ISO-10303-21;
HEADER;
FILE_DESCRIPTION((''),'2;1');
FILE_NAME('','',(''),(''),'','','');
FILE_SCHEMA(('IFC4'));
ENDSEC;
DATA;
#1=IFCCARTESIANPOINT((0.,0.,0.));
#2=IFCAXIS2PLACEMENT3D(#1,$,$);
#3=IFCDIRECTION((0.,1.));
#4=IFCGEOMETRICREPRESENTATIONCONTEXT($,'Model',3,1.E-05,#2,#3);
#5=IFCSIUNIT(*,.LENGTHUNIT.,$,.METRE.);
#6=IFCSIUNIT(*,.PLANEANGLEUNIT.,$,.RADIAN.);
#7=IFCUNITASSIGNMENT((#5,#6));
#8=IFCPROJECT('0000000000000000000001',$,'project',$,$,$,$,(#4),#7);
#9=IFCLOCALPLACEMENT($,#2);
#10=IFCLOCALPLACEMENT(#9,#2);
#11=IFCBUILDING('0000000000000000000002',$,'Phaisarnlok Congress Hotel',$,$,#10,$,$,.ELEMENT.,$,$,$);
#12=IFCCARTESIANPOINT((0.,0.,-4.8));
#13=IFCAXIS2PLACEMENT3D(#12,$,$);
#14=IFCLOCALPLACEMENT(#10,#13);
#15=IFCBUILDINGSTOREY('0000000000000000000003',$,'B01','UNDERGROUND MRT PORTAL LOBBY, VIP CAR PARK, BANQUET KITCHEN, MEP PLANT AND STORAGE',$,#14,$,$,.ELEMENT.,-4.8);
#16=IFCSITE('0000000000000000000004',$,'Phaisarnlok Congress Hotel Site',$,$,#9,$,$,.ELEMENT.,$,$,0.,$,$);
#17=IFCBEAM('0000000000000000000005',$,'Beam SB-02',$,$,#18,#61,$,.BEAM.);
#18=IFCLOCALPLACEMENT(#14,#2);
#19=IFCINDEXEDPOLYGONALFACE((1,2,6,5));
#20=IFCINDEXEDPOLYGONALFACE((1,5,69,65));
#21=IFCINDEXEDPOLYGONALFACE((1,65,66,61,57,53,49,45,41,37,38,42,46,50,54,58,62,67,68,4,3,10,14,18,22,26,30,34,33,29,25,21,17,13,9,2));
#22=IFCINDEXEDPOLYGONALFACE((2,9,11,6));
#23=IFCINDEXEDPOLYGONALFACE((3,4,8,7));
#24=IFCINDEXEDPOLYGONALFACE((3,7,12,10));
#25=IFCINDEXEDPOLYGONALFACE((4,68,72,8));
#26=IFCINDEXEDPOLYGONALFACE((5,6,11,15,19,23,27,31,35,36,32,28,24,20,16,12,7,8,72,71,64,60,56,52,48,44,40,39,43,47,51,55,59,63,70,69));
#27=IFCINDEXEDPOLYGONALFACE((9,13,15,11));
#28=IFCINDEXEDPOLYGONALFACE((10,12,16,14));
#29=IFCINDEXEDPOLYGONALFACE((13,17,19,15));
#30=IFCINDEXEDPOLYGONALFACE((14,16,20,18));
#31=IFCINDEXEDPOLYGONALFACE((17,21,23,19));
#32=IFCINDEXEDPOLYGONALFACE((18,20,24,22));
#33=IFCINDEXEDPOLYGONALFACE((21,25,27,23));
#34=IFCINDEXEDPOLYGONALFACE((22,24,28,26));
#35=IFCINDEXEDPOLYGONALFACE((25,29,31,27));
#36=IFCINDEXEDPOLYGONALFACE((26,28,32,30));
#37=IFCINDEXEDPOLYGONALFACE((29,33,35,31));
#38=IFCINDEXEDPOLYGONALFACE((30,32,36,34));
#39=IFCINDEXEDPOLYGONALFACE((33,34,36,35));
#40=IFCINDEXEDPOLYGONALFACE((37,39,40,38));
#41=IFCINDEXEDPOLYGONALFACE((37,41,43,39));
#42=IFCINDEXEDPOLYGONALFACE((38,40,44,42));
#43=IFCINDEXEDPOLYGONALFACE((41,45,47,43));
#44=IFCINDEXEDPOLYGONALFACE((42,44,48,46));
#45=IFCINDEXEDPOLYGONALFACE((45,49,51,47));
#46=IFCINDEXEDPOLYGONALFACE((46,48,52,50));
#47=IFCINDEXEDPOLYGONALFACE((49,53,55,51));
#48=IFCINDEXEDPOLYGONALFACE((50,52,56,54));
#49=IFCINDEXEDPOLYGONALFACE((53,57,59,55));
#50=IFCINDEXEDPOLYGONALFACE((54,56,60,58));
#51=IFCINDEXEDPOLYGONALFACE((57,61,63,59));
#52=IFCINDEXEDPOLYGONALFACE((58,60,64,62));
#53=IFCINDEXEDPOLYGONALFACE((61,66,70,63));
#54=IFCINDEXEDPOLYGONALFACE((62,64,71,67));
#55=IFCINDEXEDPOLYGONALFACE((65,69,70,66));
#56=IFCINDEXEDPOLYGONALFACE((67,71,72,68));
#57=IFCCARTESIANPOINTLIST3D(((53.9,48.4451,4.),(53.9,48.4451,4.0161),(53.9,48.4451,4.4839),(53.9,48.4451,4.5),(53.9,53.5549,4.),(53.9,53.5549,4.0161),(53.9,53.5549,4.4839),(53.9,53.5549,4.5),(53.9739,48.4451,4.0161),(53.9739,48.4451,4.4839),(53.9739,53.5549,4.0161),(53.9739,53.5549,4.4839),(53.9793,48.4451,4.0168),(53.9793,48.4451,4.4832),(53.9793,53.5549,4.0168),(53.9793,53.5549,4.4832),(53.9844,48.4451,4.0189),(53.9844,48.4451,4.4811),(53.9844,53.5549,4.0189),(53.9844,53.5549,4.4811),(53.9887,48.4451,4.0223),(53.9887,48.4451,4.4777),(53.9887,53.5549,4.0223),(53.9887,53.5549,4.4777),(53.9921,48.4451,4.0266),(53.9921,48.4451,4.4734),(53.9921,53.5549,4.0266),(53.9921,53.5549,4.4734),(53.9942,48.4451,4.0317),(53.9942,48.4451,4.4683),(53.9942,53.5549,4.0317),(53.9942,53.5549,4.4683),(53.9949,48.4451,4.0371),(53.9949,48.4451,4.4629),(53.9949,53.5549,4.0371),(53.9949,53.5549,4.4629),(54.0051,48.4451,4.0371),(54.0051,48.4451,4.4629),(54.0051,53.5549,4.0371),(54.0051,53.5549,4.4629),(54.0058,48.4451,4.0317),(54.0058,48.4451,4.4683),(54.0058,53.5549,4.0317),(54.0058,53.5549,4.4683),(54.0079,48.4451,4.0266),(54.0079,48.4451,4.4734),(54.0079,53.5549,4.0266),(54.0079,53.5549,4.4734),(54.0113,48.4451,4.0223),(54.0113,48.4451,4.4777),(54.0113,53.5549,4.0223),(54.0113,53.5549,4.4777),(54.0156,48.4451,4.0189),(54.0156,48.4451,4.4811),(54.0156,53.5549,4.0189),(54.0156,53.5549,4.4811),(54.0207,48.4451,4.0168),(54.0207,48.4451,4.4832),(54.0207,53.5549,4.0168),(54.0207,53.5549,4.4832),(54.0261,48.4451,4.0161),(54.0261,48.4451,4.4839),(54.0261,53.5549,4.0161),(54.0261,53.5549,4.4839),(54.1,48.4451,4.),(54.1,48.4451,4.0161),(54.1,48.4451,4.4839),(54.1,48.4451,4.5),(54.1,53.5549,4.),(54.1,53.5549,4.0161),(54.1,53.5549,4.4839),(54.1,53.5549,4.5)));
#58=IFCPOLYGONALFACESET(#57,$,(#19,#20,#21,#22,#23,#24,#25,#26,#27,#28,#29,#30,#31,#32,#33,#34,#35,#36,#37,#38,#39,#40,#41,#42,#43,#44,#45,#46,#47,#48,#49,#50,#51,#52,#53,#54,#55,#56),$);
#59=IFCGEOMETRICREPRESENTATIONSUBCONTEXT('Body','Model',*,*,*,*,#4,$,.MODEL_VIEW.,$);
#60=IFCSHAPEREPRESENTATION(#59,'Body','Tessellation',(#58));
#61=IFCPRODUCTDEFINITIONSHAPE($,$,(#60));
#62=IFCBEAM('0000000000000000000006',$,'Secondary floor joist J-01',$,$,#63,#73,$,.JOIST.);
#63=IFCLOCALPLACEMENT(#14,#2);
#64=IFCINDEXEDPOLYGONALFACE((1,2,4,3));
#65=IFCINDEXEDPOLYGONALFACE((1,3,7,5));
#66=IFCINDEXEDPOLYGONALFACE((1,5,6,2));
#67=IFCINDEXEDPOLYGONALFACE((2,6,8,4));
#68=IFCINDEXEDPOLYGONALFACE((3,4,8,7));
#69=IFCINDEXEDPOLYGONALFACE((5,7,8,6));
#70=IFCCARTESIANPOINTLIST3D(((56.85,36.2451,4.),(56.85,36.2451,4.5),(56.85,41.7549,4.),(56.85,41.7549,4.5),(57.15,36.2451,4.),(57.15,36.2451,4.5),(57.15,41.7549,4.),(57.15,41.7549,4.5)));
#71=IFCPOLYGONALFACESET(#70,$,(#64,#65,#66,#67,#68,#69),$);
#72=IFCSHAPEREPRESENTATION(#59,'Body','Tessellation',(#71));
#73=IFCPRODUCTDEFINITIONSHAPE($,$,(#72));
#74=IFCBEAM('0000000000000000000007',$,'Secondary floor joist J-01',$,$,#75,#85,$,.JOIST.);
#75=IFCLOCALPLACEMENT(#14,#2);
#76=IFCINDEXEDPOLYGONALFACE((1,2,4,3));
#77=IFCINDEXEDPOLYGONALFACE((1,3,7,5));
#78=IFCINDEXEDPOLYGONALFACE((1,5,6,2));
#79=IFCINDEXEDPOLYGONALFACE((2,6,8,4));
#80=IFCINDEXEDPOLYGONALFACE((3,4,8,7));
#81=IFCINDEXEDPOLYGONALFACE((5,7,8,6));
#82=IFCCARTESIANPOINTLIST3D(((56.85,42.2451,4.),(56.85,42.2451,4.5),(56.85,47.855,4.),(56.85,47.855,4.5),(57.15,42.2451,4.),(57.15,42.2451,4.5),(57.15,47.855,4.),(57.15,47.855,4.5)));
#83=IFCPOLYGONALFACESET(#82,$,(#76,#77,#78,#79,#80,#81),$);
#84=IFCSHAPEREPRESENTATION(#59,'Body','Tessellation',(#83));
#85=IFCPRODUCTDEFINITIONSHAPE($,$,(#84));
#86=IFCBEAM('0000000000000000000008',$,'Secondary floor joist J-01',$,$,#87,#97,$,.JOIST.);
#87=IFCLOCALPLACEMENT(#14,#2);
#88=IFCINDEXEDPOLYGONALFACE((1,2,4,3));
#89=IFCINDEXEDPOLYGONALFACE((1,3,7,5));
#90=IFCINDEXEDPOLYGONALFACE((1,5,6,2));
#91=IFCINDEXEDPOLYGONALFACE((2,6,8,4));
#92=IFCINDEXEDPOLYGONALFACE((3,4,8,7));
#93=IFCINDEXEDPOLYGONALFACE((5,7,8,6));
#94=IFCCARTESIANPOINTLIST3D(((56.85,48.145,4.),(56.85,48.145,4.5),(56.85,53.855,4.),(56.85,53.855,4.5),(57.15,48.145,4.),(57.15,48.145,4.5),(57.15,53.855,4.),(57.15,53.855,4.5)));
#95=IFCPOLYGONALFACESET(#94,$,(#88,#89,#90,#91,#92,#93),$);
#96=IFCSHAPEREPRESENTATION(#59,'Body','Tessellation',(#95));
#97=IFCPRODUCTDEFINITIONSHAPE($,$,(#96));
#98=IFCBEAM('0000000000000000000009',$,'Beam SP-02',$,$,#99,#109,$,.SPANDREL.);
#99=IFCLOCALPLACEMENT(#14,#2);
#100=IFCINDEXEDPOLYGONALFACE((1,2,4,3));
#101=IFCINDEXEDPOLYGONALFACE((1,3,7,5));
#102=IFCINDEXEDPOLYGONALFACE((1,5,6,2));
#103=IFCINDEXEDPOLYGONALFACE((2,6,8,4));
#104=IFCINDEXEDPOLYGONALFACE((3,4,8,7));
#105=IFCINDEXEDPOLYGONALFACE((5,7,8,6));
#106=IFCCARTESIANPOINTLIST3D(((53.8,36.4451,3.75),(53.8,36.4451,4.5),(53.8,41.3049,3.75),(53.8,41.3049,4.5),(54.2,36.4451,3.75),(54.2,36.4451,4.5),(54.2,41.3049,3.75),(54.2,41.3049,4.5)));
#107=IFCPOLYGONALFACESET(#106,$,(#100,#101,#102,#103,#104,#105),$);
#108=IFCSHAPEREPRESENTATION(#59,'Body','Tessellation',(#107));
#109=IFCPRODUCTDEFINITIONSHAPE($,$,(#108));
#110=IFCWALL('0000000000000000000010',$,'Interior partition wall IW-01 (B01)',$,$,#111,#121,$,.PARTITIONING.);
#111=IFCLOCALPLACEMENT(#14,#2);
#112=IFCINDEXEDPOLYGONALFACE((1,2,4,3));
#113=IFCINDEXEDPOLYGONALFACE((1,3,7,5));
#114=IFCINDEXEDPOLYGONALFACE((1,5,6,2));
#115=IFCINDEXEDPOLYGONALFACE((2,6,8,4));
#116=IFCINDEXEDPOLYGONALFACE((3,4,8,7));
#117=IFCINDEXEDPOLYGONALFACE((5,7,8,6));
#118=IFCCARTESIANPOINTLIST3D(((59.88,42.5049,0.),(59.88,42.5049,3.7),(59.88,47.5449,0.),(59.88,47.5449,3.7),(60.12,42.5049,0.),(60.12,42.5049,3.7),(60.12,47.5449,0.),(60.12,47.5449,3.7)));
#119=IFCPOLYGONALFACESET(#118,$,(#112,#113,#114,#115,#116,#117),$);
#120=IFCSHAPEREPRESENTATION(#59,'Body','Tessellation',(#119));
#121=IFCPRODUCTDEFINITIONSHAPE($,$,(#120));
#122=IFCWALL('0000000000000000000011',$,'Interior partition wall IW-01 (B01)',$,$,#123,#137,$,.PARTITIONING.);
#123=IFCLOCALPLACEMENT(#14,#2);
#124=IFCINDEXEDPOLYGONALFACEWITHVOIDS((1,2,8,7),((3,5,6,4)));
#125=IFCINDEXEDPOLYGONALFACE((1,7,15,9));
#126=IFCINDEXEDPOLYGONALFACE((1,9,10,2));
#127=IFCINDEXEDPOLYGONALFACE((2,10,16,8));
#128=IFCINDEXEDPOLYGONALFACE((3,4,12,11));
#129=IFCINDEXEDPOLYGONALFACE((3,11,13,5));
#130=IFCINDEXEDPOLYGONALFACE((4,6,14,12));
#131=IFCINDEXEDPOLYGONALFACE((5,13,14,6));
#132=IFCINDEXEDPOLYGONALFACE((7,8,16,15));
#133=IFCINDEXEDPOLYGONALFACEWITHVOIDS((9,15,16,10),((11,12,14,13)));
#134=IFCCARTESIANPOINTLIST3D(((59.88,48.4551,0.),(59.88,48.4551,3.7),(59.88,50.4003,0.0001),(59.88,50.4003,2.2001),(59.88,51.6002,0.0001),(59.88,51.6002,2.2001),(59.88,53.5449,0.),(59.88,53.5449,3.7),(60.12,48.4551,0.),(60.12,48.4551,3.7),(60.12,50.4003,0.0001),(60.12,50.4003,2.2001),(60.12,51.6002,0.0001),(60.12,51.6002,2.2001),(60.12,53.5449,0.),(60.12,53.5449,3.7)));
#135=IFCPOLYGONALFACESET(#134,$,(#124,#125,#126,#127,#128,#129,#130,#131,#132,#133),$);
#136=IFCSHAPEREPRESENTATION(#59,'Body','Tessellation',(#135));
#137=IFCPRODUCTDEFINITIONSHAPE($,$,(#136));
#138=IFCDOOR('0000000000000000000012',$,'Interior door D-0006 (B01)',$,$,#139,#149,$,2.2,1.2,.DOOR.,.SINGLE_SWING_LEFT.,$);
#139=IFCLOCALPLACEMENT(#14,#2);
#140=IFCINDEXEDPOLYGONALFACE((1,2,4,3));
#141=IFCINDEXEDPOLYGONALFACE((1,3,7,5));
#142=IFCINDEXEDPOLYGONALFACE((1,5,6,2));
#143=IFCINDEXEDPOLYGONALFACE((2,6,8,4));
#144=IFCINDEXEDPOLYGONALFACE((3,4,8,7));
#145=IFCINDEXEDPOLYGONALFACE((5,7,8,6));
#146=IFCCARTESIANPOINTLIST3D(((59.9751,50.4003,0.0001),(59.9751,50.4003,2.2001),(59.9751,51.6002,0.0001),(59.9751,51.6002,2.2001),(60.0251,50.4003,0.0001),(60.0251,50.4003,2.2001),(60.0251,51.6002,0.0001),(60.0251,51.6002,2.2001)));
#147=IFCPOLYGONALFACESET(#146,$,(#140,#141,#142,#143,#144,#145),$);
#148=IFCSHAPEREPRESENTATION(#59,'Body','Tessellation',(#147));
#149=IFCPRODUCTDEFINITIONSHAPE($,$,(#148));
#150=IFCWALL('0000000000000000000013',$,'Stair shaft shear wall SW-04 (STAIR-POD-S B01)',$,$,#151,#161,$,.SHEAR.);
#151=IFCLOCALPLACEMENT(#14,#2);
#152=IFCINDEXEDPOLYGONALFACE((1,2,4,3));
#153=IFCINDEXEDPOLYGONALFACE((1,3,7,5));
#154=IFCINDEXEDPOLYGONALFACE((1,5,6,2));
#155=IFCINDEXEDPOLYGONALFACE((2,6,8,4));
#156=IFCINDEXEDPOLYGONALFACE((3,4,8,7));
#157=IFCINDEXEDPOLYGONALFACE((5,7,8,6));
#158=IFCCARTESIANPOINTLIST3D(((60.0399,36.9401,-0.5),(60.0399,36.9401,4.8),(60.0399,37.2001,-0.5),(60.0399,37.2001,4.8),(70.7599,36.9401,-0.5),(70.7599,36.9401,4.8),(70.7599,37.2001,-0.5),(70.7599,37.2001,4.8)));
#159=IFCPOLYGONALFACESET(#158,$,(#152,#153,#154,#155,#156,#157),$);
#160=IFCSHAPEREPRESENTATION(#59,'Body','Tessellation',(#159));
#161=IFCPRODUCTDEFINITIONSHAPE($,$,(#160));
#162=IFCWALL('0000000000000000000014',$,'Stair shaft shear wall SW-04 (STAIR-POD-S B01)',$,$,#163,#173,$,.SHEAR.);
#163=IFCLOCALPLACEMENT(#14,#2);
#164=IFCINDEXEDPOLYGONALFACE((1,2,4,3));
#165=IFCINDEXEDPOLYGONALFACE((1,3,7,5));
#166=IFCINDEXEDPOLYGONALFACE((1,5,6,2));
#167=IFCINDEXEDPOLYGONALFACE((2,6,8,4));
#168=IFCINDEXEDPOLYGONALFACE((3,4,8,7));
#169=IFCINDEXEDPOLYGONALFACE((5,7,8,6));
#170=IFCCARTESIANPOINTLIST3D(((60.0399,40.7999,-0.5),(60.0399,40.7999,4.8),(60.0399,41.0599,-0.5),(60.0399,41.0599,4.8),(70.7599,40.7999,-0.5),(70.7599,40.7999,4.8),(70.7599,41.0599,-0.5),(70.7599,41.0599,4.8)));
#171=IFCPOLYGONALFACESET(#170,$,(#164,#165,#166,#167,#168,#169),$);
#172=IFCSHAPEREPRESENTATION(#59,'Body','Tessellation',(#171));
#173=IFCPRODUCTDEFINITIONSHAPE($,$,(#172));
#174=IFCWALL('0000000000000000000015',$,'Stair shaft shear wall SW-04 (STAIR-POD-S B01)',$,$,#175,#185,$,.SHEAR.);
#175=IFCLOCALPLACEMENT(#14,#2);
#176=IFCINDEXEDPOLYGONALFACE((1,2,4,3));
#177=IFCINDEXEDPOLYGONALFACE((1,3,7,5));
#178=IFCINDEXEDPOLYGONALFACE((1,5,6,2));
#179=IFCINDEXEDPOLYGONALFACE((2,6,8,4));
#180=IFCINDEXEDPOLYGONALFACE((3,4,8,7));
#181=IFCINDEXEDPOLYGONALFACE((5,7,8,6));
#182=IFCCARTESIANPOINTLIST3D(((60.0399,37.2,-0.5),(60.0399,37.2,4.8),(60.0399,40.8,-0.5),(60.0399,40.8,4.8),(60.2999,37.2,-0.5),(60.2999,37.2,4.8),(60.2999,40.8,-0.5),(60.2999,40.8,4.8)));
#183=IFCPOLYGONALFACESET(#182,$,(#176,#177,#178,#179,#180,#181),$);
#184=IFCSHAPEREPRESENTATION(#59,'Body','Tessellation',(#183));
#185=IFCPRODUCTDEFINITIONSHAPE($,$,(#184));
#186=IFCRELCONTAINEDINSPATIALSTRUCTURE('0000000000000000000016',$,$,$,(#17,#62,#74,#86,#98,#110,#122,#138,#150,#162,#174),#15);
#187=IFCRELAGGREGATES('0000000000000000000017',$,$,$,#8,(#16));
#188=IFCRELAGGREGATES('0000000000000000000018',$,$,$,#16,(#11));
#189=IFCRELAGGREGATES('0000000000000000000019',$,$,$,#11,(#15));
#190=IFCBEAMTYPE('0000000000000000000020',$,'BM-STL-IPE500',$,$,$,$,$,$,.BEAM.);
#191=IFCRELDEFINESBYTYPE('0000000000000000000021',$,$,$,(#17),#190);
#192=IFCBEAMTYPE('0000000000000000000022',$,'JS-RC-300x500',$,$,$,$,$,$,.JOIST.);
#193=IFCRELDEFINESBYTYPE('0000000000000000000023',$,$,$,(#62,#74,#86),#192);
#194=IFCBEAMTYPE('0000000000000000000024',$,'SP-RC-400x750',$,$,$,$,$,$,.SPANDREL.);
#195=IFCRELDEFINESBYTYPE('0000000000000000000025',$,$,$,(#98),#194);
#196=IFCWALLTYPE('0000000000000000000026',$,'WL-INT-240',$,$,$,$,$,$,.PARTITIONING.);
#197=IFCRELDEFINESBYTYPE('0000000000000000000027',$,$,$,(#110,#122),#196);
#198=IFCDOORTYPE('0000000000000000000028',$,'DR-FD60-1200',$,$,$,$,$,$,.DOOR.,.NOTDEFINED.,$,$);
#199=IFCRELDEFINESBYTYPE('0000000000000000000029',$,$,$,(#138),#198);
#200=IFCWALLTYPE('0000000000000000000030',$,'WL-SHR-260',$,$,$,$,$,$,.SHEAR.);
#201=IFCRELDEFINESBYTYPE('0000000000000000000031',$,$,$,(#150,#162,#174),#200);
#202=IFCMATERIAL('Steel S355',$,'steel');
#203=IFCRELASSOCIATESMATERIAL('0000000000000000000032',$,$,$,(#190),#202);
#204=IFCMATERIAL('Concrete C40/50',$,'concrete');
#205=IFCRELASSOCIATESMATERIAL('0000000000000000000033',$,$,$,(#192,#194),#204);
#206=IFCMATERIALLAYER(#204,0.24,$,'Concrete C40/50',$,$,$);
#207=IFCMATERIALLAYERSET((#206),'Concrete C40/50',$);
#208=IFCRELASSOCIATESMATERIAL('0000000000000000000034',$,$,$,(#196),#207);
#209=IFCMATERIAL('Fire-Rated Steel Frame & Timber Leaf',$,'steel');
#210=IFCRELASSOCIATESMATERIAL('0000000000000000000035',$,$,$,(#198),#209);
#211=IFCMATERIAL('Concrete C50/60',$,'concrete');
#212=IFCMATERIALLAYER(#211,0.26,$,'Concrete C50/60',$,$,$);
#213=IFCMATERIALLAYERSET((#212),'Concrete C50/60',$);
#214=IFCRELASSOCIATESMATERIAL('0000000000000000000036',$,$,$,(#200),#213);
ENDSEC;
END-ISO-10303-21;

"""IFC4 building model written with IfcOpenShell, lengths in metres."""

from ifc_helpers import new_model, si_unit, direction, frame, frame_2d, origin, origin_2d, place, context, subcontext, project, spatial, rectangle, i_section, extrude, material, layer, layer_set, material_profile, profile_set, type_object, element, fill, save


model = new_model("IFC4")

# Units and contexts
model_context = context("Model", 3, precision=1e-05, world=origin(), true_north=direction((0.0, 1.0)))
body_context = subcontext(model_context, "Body", "Model", "MODEL_VIEW")
ifc_project = project(units=[si_unit("LENGTHUNIT", "METRE"), si_unit("PLANEANGLEUNIT", "RADIAN")], contexts=[model_context])

# Site, building, storey
site_placement = place(None, origin())
site = spatial("IfcSite", under=ifc_project, at=site_placement, Name="Phaisarnlok Congress Hotel Site", CompositionType="ELEMENT", RefElevation=0.0)
building_placement = place(site_placement, origin())
building = spatial("IfcBuilding", under=site, at=building_placement, Name="Phaisarnlok Congress Hotel", CompositionType="ELEMENT")
storey_placement = place(building_placement, frame((0.0, 0.0, -4.8)))
storey = spatial("IfcBuildingStorey", under=building, at=storey_placement, Name="B01", Description="UNDERGROUND MRT PORTAL LOBBY, VIP CAR PARK, BANQUET KITCHEN, MEP PLANT AND STORAGE", CompositionType="ELEMENT", Elevation=-4.8)

# Shared definitions
ifc_material_1 = material(Name="Concrete C40/50", Category="concrete")

# Shared definitions
ifc_material_2 = material(Name="Concrete C50/60", Category="concrete")

# Beams
ifc_material_3 = material(Name="Steel S355", Category="steel")
ifc_material_profile_1 = material_profile(ifc_material_3, i_section(OverallWidth=0.2, OverallDepth=0.5, WebThickness=0.0103, FlangeThickness=0.0161, FilletRadius=0.021, at=origin_2d()), Name="IPE 500")
ifc_profile_set_1 = profile_set([ifc_material_profile_1], Name="Steel S355")
beam_type_1 = type_object("IfcBeamType", Name="BM-STL-IPE500", PredefinedType="BEAM", material=ifc_profile_set_1)
beam_1_placement = place(storey_placement, frame((54.0, 48.4451, 4.25), z_axis=(0.0, 1.0, 0.0), x_axis=(-1.0, 0.0, 0.0)))
element("IfcBeam", 1, at=beam_1_placement, inside=storey, type_object=beam_type_1, Name="Beam SB-02", PredefinedType="BEAM", context=body_context, shape_type="SweptSolid", body=[
    extrude(i_section(OverallWidth=0.2, OverallDepth=0.5, WebThickness=0.0103, FlangeThickness=0.0161, FilletRadius=0.021, at=origin_2d()), origin(), (0.0, 0.0, 1.0), 5.1099),
])
ifc_material_profile_2 = material_profile(ifc_material_1, rectangle(XDim=0.3, YDim=0.5, at=origin_2d()), Name="RC 300x500")
ifc_profile_set_2 = profile_set([ifc_material_profile_2], Name="Concrete C40/50")
beam_type_2 = type_object("IfcBeamType", Name="JS-RC-300x500", PredefinedType="JOIST", material=ifc_profile_set_2)
beam_2_placement = place(storey_placement, frame((57.0, 36.2451, 4.25), z_axis=(0.0, 1.0, 0.0), x_axis=(-1.0, 0.0, 0.0)))
element("IfcBeam", 2, at=beam_2_placement, inside=storey, type_object=beam_type_2, Name="Secondary floor joist J-01", PredefinedType="JOIST", context=body_context, shape_type="SweptSolid", body=[
    extrude(rectangle(XDim=0.3, YDim=0.5, at=origin_2d()), origin(), (0.0, 0.0, 1.0), 5.5098),
])
beam_3_placement = place(storey_placement, frame((57.0, 42.2451, 4.25), z_axis=(0.0, 1.0, 0.0), x_axis=(-1.0, 0.0, 0.0)))
element("IfcBeam", 3, at=beam_3_placement, inside=storey, type_object=beam_type_2, Name="Secondary floor joist J-01", PredefinedType="JOIST", context=body_context, shape_type="SweptSolid", body=[
    extrude(rectangle(XDim=0.3, YDim=0.5, at=origin_2d()), origin(), (0.0, 0.0, 1.0), 5.6099),
])
beam_4_placement = place(storey_placement, frame((57.0, 48.145, 4.25), z_axis=(0.0, 1.0, 0.0), x_axis=(-1.0, 0.0, 0.0)))
element("IfcBeam", 4, at=beam_4_placement, inside=storey, type_object=beam_type_2, Name="Secondary floor joist J-01", PredefinedType="JOIST", context=body_context, shape_type="SweptSolid", body=[
    extrude(rectangle(XDim=0.3, YDim=0.5, at=origin_2d()), origin(), (0.0, 0.0, 1.0), 5.71),
])
ifc_material_profile_3 = material_profile(ifc_material_1, rectangle(XDim=0.3999, YDim=0.75, at=origin_2d()), Name="RC 400x750")
ifc_profile_set_3 = profile_set([ifc_material_profile_3], Name="Concrete C40/50")
beam_type_3 = type_object("IfcBeamType", Name="SP-RC-400x750", PredefinedType="SPANDREL", material=ifc_profile_set_3)
beam_5_placement = place(storey_placement, frame((54.0, 36.4451, 4.125), z_axis=(0.0, 1.0, 0.0), x_axis=(-1.0, 0.0, 0.0)))
element("IfcBeam", 5, at=beam_5_placement, inside=storey, type_object=beam_type_3, Name="Beam SP-02", PredefinedType="SPANDREL", context=body_context, shape_type="SweptSolid", body=[
    extrude(rectangle(XDim=0.3999, YDim=0.75, at=origin_2d()), origin(), (0.0, 0.0, 1.0), 4.8599),
])

# Wall
ifc_layer_1 = layer(ifc_material_1, 0.24, Name="Concrete C40/50")
ifc_layer_set_1 = layer_set([ifc_layer_1], Name="Concrete C40/50")
wall_type_1 = type_object("IfcWallType", Name="WL-INT-240", PredefinedType="PARTITIONING", material=ifc_layer_set_1)
wall_1_placement = place(storey_placement, frame((60.0, 42.5049, 0.0), z_axis=(0.0, 0.0, 1.0), x_axis=(0.0, 1.0, 0.0)))
element("IfcWall", 6, at=wall_1_placement, inside=storey, type_object=wall_type_1, Name="Interior partition wall IW-01 (B01)", PredefinedType="PARTITIONING", context=body_context, shape_type="SweptSolid", body=[
    extrude(rectangle(XDim=5.04, YDim=0.24, at=frame_2d((2.52, 0.0))), origin(), (0.0, 0.0, 1.0), 3.7),
])

# Wall, opening, door
wall_2_placement = place(storey_placement, frame((60.0, 48.4551, 0.0), z_axis=(0.0, 0.0, 1.0), x_axis=(0.0, 1.0, 0.0)))
wall_2 = element("IfcWall", 7, at=wall_2_placement, inside=storey, type_object=wall_type_1, Name="Interior partition wall IW-01 (B01)", PredefinedType="PARTITIONING", context=body_context, shape_type="SweptSolid", body=[
    extrude(rectangle(XDim=5.0898, YDim=0.24, at=frame_2d((2.5449, 0.0))), origin(), (0.0, 0.0, 1.0), 3.7),
])
opening_placement = place(wall_2_placement, frame((1.9451, 0.0, 0.0)))
opening = element("IfcOpeningElement", 8, at=opening_placement, cuts=wall_2, PredefinedType="OPENING", context=body_context, shape_type="SweptSolid", body=[
    extrude(rectangle(XDim=1.2, YDim=2.2, at=frame_2d((0.6001, 1.1001))), frame((0.0, 0.1299, 0.0), z_axis=(0.0, -1.0, 0.0), x_axis=(1.0, 0.0, 0.0)), (0.0, 0.0, 1.0), 0.26),
])
ifc_material_4 = material(Name="Fire-Rated Steel Frame & Timber Leaf", Category="steel")
door_type = type_object("IfcDoorType", Name="DR-FD60-1200", OperationType="NOTDEFINED", PredefinedType="DOOR", material=ifc_material_4)
door_placement = place(opening_placement, origin())
door = element("IfcDoor", 9, at=door_placement, inside=storey, type_object=door_type, Name="Interior door D-0006 (B01)", OperationType="SINGLE_SWING_LEFT", OverallHeight=2.2, OverallWidth=1.2, PredefinedType="DOOR", context=body_context, shape_type="SweptSolid", body=[
    extrude(rectangle(XDim=1.2, YDim=2.2, at=frame_2d((0.6001, 1.1001))), frame((0.0, 0.0249, 0.0), z_axis=(0.0, -1.0, 0.0), x_axis=(1.0, 0.0, 0.0)), (0.0, 0.0, 1.0), 0.05),
])
fill(opening, door)

# Walls
ifc_layer_2 = layer(ifc_material_2, 0.26, Name="Concrete C50/60")
ifc_layer_set_2 = layer_set([ifc_layer_2], Name="Concrete C50/60")
wall_type_2 = type_object("IfcWallType", Name="WL-SHR-260", PredefinedType="SHEAR", material=ifc_layer_set_2)
for number, where, z_axis, x_axis, name in (
    (10, (60.04, 37.0701, -0.5), (0.0, 0.0, 1.0), (1.0, 0.0, 0.0), "Stair shaft shear wall SW-04 (STAIR-POD-S B01)"),
    (11, (60.04, 40.9299, -0.5), (0.0, 0.0, 1.0), (1.0, 0.0, 0.0), "Stair shaft shear wall SW-04 (STAIR-POD-S B01)"),
):
    element("IfcWall", number, at=place(storey_placement, frame(where, z_axis=z_axis, x_axis=x_axis)), inside=storey, type_object=wall_type_2, Name=name, PredefinedType="SHEAR", context=body_context, shape_type="SweptSolid", body=[
        extrude(rectangle(XDim=10.72, YDim=0.26, at=frame_2d((5.3599, 0.0))), origin(), (0.0, 0.0, 1.0), 5.3),
    ])
wall_3_placement = place(storey_placement, frame((60.1699, 37.2, -0.5), z_axis=(0.0, 0.0, 1.0), x_axis=(0.0, 1.0, 0.0)))
element("IfcWall", 12, at=wall_3_placement, inside=storey, type_object=wall_type_2, Name="Stair shaft shear wall SW-04 (STAIR-POD-S B01)", PredefinedType="SHEAR", context=body_context, shape_type="SweptSolid", body=[
    extrude(rectangle(XDim=3.6001, YDim=0.26, at=frame_2d((1.8, 0.0))), origin(), (0.0, 0.0, 1.0), 5.3),
])

save(model, "model.ifc")
